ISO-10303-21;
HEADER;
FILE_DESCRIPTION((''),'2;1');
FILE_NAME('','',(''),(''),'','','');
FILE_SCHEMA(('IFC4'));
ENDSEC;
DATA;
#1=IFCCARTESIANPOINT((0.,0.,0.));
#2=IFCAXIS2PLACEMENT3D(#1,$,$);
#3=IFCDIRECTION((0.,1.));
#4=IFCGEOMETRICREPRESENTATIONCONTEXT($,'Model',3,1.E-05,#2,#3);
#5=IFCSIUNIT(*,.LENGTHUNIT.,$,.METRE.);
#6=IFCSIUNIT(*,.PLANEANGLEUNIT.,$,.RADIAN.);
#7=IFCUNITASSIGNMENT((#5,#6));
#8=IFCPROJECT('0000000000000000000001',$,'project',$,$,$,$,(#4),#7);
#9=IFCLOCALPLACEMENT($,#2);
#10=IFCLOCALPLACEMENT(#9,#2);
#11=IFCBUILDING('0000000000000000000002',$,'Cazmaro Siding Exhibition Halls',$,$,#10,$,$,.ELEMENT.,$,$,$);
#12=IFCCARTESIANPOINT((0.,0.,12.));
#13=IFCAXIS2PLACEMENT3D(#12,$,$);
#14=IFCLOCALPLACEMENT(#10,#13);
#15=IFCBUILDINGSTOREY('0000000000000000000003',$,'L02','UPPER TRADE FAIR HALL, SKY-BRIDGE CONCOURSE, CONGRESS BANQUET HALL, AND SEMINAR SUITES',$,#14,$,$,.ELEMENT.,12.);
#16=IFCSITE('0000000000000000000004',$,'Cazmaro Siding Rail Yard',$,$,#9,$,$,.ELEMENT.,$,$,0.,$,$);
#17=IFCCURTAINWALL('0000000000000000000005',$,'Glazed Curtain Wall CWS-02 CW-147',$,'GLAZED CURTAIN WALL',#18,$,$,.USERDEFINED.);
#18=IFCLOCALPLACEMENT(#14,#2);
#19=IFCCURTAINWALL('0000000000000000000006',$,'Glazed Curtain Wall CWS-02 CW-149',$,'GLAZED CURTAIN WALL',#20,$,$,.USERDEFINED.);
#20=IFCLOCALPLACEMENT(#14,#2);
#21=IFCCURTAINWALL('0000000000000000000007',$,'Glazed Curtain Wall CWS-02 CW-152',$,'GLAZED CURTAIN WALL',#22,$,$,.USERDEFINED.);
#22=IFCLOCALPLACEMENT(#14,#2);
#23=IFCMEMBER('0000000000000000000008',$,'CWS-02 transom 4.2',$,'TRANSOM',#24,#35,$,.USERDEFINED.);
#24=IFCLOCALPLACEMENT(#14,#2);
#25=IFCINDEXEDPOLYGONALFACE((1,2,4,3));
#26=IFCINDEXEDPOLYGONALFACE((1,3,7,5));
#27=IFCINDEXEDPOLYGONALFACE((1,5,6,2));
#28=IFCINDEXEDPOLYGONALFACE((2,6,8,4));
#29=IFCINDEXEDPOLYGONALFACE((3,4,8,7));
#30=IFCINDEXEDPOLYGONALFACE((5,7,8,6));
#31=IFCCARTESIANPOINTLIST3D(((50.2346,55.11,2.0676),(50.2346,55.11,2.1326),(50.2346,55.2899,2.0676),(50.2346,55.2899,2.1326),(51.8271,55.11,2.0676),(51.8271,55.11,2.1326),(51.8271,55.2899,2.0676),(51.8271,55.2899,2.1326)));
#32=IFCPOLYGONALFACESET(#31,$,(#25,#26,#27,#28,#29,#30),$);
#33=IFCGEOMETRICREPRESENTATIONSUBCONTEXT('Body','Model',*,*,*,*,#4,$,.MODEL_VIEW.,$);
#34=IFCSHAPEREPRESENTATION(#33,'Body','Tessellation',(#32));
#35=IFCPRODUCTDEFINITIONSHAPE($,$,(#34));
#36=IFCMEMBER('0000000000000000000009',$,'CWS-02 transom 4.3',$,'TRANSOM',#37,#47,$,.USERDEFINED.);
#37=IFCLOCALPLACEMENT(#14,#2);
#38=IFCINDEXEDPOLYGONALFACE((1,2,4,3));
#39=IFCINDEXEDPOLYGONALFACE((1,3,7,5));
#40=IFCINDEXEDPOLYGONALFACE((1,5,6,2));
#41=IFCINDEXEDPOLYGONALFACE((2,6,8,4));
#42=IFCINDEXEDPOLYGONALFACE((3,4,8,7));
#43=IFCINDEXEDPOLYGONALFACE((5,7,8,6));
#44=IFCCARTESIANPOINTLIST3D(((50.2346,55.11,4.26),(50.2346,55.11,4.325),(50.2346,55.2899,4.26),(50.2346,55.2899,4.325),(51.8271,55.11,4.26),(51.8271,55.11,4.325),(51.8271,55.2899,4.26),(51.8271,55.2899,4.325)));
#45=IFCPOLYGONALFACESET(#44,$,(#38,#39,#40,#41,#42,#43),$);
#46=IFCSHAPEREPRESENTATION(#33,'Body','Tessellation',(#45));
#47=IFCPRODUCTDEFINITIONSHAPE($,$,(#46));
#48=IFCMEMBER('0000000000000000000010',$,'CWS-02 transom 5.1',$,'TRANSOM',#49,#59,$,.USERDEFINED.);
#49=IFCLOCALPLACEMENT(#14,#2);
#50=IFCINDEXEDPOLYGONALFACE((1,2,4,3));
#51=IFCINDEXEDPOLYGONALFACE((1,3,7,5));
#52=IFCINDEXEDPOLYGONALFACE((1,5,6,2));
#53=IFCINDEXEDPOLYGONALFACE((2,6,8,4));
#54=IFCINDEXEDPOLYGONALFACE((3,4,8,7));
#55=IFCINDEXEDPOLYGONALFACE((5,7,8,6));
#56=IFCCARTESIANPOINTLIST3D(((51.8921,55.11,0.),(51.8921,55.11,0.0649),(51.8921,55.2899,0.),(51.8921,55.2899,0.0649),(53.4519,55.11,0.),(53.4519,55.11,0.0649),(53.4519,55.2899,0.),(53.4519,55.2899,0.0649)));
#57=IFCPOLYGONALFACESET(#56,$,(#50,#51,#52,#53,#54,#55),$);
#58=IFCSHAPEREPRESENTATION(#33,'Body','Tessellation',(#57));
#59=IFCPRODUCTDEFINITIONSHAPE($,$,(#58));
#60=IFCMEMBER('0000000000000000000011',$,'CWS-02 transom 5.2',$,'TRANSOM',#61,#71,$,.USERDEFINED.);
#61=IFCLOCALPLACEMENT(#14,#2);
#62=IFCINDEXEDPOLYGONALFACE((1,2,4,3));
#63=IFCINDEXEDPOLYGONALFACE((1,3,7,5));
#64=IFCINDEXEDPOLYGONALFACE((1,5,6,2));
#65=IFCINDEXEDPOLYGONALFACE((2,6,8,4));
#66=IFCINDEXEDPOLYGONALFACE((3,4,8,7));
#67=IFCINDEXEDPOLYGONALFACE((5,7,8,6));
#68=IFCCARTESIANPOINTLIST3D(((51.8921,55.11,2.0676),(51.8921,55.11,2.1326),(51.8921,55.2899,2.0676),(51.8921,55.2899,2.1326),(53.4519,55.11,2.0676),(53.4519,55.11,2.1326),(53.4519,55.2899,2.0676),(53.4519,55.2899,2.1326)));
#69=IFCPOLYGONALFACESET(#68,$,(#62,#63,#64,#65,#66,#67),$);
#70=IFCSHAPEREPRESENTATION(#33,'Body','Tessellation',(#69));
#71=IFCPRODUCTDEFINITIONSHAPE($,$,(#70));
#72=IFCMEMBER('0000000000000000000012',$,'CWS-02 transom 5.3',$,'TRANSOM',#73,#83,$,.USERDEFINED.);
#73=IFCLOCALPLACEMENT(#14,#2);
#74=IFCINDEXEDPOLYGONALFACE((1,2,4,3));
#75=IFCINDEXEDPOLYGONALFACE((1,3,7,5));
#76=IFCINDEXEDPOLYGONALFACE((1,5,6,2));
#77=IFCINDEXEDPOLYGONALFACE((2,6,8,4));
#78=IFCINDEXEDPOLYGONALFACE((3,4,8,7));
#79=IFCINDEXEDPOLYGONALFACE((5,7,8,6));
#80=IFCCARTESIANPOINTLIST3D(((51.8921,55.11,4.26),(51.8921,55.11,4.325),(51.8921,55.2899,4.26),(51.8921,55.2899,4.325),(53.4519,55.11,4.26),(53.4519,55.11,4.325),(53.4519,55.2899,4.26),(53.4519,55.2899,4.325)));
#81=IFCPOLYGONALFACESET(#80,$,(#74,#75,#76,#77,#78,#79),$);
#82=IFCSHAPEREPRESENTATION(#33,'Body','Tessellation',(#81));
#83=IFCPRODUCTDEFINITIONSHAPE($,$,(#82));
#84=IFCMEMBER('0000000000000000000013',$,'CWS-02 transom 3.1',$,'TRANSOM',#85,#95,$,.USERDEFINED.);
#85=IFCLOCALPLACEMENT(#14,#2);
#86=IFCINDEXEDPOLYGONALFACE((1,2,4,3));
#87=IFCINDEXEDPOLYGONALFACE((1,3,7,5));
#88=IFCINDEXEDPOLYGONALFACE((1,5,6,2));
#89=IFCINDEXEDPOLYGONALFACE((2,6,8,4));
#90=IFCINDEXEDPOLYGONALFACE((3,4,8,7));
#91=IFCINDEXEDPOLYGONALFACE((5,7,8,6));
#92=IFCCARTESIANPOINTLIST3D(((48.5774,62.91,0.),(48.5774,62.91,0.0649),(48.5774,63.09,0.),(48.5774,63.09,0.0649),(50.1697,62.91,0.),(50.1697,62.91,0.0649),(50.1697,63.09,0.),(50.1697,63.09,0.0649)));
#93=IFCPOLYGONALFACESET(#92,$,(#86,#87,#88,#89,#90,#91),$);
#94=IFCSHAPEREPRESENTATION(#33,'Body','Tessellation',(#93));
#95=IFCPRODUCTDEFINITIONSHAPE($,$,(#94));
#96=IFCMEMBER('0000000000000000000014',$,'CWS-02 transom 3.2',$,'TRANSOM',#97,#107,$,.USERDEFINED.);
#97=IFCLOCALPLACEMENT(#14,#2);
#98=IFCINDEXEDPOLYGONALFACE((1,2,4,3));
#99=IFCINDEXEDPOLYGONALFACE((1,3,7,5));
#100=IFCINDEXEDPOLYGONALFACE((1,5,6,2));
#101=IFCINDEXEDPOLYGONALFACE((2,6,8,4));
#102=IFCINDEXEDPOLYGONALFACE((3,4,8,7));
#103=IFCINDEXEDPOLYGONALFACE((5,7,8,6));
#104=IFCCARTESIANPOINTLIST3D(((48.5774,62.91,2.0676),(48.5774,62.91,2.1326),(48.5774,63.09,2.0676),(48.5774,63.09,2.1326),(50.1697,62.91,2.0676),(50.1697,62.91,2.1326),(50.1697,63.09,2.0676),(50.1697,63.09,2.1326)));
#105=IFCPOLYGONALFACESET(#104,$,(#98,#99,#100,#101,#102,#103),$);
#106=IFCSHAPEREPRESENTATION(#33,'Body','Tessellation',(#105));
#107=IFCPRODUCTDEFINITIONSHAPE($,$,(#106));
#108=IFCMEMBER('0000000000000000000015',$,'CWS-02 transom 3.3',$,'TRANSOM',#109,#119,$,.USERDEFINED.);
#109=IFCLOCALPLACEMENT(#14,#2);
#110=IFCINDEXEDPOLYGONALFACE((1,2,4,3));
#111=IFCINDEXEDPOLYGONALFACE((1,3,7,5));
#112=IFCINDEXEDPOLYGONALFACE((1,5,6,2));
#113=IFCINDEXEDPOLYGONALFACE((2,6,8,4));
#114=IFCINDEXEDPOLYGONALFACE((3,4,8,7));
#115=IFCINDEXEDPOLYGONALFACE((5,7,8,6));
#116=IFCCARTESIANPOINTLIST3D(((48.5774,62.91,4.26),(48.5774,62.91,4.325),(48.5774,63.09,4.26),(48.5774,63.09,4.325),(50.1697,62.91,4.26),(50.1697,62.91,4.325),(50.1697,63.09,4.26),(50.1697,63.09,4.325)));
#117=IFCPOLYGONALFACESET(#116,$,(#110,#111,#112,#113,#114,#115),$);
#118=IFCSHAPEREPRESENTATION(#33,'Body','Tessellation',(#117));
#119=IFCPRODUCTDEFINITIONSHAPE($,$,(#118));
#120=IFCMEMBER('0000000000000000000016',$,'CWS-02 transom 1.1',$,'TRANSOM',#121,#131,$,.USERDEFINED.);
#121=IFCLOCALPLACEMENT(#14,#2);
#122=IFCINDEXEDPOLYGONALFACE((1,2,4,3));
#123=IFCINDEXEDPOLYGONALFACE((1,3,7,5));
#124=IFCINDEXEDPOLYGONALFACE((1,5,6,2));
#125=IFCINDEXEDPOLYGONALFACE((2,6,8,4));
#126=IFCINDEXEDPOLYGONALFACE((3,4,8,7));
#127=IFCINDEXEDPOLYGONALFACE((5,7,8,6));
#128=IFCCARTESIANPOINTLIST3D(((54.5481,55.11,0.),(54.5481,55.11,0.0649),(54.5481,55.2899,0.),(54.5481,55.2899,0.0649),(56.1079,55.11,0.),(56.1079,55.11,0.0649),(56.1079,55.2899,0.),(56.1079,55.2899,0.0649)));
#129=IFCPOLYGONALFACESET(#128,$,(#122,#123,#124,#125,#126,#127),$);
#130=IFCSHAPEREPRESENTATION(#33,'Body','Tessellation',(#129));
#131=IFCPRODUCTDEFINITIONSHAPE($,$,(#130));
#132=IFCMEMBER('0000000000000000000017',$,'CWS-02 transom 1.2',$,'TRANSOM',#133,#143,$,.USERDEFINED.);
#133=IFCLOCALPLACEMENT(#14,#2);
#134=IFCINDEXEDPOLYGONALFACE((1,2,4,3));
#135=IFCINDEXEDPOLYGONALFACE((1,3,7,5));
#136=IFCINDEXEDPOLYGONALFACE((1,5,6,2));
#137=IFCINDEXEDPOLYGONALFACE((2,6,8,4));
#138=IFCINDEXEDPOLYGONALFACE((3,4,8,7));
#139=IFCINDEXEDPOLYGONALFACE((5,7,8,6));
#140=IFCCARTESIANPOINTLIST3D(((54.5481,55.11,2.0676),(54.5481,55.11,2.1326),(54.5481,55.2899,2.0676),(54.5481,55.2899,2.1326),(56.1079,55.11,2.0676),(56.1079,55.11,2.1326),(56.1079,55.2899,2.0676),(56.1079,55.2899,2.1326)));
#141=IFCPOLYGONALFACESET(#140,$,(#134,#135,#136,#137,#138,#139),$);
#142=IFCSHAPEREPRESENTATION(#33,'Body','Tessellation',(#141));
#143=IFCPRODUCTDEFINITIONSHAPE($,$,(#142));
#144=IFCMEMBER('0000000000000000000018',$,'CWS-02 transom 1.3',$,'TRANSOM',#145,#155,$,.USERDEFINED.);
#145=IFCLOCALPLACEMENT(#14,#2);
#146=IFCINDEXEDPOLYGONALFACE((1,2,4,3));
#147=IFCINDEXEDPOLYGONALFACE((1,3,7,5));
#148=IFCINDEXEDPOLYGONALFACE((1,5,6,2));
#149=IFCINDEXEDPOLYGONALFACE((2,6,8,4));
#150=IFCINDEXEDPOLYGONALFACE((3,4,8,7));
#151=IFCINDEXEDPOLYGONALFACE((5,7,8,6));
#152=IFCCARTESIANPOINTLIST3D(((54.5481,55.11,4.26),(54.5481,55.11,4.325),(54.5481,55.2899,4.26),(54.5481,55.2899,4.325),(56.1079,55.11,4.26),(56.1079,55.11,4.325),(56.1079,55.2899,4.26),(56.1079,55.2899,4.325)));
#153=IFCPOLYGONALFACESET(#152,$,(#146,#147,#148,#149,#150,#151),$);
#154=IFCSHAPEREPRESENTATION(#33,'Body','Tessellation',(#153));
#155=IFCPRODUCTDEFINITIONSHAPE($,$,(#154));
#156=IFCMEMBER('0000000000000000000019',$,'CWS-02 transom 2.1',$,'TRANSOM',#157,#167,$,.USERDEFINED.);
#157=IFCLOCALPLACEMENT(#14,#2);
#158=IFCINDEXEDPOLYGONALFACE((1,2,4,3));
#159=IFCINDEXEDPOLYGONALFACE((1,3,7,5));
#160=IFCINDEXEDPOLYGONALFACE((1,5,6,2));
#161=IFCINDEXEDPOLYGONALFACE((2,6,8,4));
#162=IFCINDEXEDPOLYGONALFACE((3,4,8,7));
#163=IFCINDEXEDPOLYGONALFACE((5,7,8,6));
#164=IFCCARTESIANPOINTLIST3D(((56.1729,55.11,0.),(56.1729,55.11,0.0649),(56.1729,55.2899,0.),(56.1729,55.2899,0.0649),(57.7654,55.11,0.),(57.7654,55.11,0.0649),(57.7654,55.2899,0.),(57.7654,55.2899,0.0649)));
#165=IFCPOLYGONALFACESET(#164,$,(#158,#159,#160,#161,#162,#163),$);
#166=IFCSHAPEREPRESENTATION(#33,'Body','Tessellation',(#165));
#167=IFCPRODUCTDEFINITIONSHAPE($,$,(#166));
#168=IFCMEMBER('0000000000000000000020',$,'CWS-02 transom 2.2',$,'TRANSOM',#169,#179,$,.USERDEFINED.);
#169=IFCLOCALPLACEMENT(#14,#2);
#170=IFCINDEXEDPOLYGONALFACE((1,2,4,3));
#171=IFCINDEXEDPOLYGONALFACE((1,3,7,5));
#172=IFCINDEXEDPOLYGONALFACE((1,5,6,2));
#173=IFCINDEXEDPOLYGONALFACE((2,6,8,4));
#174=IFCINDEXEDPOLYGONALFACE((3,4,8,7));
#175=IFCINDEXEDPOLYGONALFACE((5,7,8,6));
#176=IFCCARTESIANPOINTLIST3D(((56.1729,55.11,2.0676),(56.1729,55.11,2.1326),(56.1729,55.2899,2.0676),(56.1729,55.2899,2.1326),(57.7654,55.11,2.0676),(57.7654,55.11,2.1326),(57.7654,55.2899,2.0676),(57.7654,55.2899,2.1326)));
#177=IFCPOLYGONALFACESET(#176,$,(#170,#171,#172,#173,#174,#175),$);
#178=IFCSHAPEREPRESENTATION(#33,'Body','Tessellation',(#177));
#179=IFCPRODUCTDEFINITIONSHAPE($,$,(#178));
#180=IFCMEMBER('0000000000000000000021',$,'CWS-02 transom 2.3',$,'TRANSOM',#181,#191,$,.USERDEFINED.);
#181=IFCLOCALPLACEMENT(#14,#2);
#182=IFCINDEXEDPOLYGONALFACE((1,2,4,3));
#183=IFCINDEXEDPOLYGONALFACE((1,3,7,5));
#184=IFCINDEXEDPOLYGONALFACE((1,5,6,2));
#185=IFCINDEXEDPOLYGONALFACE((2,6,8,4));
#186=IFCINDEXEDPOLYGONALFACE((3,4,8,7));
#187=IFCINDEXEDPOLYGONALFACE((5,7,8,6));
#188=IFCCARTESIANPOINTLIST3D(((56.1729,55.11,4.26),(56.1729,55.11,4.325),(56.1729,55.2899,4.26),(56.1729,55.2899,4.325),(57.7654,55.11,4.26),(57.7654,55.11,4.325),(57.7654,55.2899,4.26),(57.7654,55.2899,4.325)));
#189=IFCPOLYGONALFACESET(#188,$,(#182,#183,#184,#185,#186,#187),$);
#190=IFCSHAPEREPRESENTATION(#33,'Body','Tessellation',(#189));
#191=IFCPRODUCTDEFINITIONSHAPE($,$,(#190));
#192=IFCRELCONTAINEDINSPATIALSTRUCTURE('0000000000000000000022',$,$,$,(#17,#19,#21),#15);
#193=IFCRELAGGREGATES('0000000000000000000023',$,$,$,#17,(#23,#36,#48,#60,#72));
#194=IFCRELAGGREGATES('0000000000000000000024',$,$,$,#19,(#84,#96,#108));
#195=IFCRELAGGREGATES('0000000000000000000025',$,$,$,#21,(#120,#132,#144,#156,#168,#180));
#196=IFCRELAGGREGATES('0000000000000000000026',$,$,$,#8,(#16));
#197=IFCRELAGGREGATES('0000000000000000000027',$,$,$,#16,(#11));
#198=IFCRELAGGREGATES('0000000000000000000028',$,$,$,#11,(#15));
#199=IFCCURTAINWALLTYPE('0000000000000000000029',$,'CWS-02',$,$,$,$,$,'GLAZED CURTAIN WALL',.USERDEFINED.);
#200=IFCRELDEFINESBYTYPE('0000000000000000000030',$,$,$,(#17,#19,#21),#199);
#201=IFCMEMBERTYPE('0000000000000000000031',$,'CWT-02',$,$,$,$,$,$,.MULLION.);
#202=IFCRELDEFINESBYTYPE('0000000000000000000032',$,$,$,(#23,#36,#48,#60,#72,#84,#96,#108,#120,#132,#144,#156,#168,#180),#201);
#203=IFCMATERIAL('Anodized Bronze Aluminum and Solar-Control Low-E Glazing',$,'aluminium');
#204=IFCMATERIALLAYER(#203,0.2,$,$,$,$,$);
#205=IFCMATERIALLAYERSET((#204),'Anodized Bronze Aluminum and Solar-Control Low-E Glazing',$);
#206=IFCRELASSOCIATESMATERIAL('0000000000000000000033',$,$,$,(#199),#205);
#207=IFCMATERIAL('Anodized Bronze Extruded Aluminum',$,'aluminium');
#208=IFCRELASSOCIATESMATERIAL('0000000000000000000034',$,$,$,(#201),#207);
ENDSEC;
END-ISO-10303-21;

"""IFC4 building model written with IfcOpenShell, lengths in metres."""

from ifc_helpers import new_model, si_unit, direction, frame, origin, origin_2d, place, context, subcontext, project, spatial, rectangle, extrude, material, layer, layer_set, material_profile, profile_set, type_object, element, aggregate, save


model = new_model("IFC4")

# Units and contexts
model_context = context("Model", 3, precision=1e-05, world=origin(), true_north=direction((0.0, 1.0)))
body_context = subcontext(model_context, "Body", "Model", "MODEL_VIEW")
ifc_project = project(units=[si_unit("LENGTHUNIT", "METRE"), si_unit("PLANEANGLEUNIT", "RADIAN")], contexts=[model_context])

# Site, building, storey
site_placement = place(None, origin())
site = spatial("IfcSite", under=ifc_project, at=site_placement, Name="Cazmaro Siding Rail Yard", CompositionType="ELEMENT", RefElevation=0.0)
building_placement = place(site_placement, origin())
building = spatial("IfcBuilding", under=site, at=building_placement, Name="Cazmaro Siding Exhibition Halls", CompositionType="ELEMENT")
storey_placement = place(building_placement, frame((0.0, 0.0, 12.0)))
storey = spatial("IfcBuildingStorey", under=building, at=storey_placement, Name="L02", Description="UPPER TRADE FAIR HALL, SKY-BRIDGE CONCOURSE, CONGRESS BANQUET HALL, AND SEMINAR SUITES", CompositionType="ELEMENT", Elevation=12.0)

# Curtain wall
ifc_material_1 = material(Name="Anodized Bronze Aluminum and Solar-Control Low-E Glazing", Category="aluminium")
ifc_layer_1 = layer(ifc_material_1, 0.2)
ifc_layer_set_1 = layer_set([ifc_layer_1], Name="Anodized Bronze Aluminum and Solar-Control Low-E Glazing")
curtain_wall_type = type_object("IfcCurtainWallType", Name="CWS-02", ElementType="GLAZED CURTAIN WALL", PredefinedType="USERDEFINED", material=ifc_layer_set_1)
curtain_wall_1_placement = place(storey_placement, origin())
curtain_wall_1 = element("IfcCurtainWall", 1, at=curtain_wall_1_placement, inside=storey, type_object=curtain_wall_type, Name="Glazed Curtain Wall CWS-02 CW-147", ObjectType="GLAZED CURTAIN WALL", PredefinedType="USERDEFINED")

# Curtain wall
curtain_wall_2_placement = place(storey_placement, origin())
curtain_wall_2 = element("IfcCurtainWall", 2, at=curtain_wall_2_placement, inside=storey, type_object=curtain_wall_type, Name="Glazed Curtain Wall CWS-02 CW-149", ObjectType="GLAZED CURTAIN WALL", PredefinedType="USERDEFINED")

# Curtain wall
curtain_wall_3_placement = place(storey_placement, origin())
curtain_wall_3 = element("IfcCurtainWall", 3, at=curtain_wall_3_placement, inside=storey, type_object=curtain_wall_type, Name="Glazed Curtain Wall CWS-02 CW-152", ObjectType="GLAZED CURTAIN WALL", PredefinedType="USERDEFINED")

# Members
ifc_material_2 = material(Name="Anodized Bronze Extruded Aluminum", Category="aluminium")
ifc_material_profile_1 = material_profile(ifc_material_2, rectangle(XDim=0.1799, YDim=0.0649, at=origin_2d()), Name="CWT-02")
ifc_profile_set_1 = profile_set([ifc_material_profile_1], Name="Anodized Bronze Extruded Aluminum")
member_type_1 = type_object("IfcMemberType", Name="CWT-02", PredefinedType="MULLION", material=ifc_profile_set_1)
member_1_placement = place(storey_placement, frame((50.2346, 55.2, 2.1001), z_axis=(1.0, 0.0, 0.0), x_axis=(0.0, 1.0, 0.0)))
member_1 = element("IfcMember", 4, at=member_1_placement, type_object=member_type_1, Name="CWS-02 transom 4.2", ObjectType="TRANSOM", PredefinedType="USERDEFINED", context=body_context, shape_type="SweptSolid", body=[
    extrude(rectangle(XDim=0.1799, YDim=0.0649, at=origin_2d()), origin(), (0.0, 0.0, 1.0), 1.5925),
])
member_2_placement = place(storey_placement, frame((50.2346, 55.2, 4.2925), z_axis=(1.0, 0.0, 0.0), x_axis=(0.0, 1.0, 0.0)))
member_2 = element("IfcMember", 5, at=member_2_placement, type_object=member_type_1, Name="CWS-02 transom 4.3", ObjectType="TRANSOM", PredefinedType="USERDEFINED", context=body_context, shape_type="SweptSolid", body=[
    extrude(rectangle(XDim=0.1799, YDim=0.0649, at=origin_2d()), origin(), (0.0, 0.0, 1.0), 1.5925),
])
member_3_placement = place(storey_placement, frame((51.8921, 55.2, 0.0325), z_axis=(1.0, 0.0, 0.0), x_axis=(0.0, 1.0, 0.0)))
member_3 = element("IfcMember", 6, at=member_3_placement, type_object=member_type_1, Name="CWS-02 transom 5.1", ObjectType="TRANSOM", PredefinedType="USERDEFINED", context=body_context, shape_type="SweptSolid", body=[
    extrude(rectangle(XDim=0.1799, YDim=0.0649, at=origin_2d()), origin(), (0.0, 0.0, 1.0), 1.5598),
])
member_4_placement = place(storey_placement, frame((51.8921, 55.2, 2.1001), z_axis=(1.0, 0.0, 0.0), x_axis=(0.0, 1.0, 0.0)))
member_4 = element("IfcMember", 7, at=member_4_placement, type_object=member_type_1, Name="CWS-02 transom 5.2", ObjectType="TRANSOM", PredefinedType="USERDEFINED", context=body_context, shape_type="SweptSolid", body=[
    extrude(rectangle(XDim=0.1799, YDim=0.0649, at=origin_2d()), origin(), (0.0, 0.0, 1.0), 1.5598),
])
member_5_placement = place(storey_placement, frame((51.8921, 55.2, 4.2925), z_axis=(1.0, 0.0, 0.0), x_axis=(0.0, 1.0, 0.0)))
member_5 = element("IfcMember", 8, at=member_5_placement, type_object=member_type_1, Name="CWS-02 transom 5.3", ObjectType="TRANSOM", PredefinedType="USERDEFINED", context=body_context, shape_type="SweptSolid", body=[
    extrude(rectangle(XDim=0.1799, YDim=0.0649, at=origin_2d()), origin(), (0.0, 0.0, 1.0), 1.5598),
])
member_6_placement = place(storey_placement, frame((50.1697, 63.0, 0.0325), z_axis=(-1.0, 0.0, 0.0), x_axis=(0.0, -1.0, 0.0)))
member_6 = element("IfcMember", 9, at=member_6_placement, type_object=member_type_1, Name="CWS-02 transom 3.1", ObjectType="TRANSOM", PredefinedType="USERDEFINED", context=body_context, shape_type="SweptSolid", body=[
    extrude(rectangle(XDim=0.1799, YDim=0.0649, at=origin_2d()), origin(), (0.0, 0.0, 1.0), 1.5923),
])
member_7_placement = place(storey_placement, frame((50.1697, 63.0, 2.1001), z_axis=(-1.0, 0.0, 0.0), x_axis=(0.0, -1.0, 0.0)))
member_7 = element("IfcMember", 10, at=member_7_placement, type_object=member_type_1, Name="CWS-02 transom 3.2", ObjectType="TRANSOM", PredefinedType="USERDEFINED", context=body_context, shape_type="SweptSolid", body=[
    extrude(rectangle(XDim=0.1799, YDim=0.0649, at=origin_2d()), origin(), (0.0, 0.0, 1.0), 1.5923),
])
member_8_placement = place(storey_placement, frame((50.1697, 63.0, 4.2925), z_axis=(-1.0, 0.0, 0.0), x_axis=(0.0, -1.0, 0.0)))
member_8 = element("IfcMember", 11, at=member_8_placement, type_object=member_type_1, Name="CWS-02 transom 3.3", ObjectType="TRANSOM", PredefinedType="USERDEFINED", context=body_context, shape_type="SweptSolid", body=[
    extrude(rectangle(XDim=0.1799, YDim=0.0649, at=origin_2d()), origin(), (0.0, 0.0, 1.0), 1.5923),
])
member_9_placement = place(storey_placement, frame((54.5481, 55.2, 0.0325), z_axis=(1.0, 0.0, 0.0), x_axis=(0.0, 1.0, 0.0)))
member_9 = element("IfcMember", 12, at=member_9_placement, type_object=member_type_1, Name="CWS-02 transom 1.1", ObjectType="TRANSOM", PredefinedType="USERDEFINED", context=body_context, shape_type="SweptSolid", body=[
    extrude(rectangle(XDim=0.1799, YDim=0.0649, at=origin_2d()), origin(), (0.0, 0.0, 1.0), 1.5598),
])
member_10_placement = place(storey_placement, frame((54.5481, 55.2, 2.1001), z_axis=(1.0, 0.0, 0.0), x_axis=(0.0, 1.0, 0.0)))
member_10 = element("IfcMember", 13, at=member_10_placement, type_object=member_type_1, Name="CWS-02 transom 1.2", ObjectType="TRANSOM", PredefinedType="USERDEFINED", context=body_context, shape_type="SweptSolid", body=[
    extrude(rectangle(XDim=0.1799, YDim=0.0649, at=origin_2d()), origin(), (0.0, 0.0, 1.0), 1.5598),
])
member_11_placement = place(storey_placement, frame((54.5481, 55.2, 4.2925), z_axis=(1.0, 0.0, 0.0), x_axis=(0.0, 1.0, 0.0)))
member_11 = element("IfcMember", 14, at=member_11_placement, type_object=member_type_1, Name="CWS-02 transom 1.3", ObjectType="TRANSOM", PredefinedType="USERDEFINED", context=body_context, shape_type="SweptSolid", body=[
    extrude(rectangle(XDim=0.1799, YDim=0.0649, at=origin_2d()), origin(), (0.0, 0.0, 1.0), 1.5598),
])
member_12_placement = place(storey_placement, frame((56.1729, 55.2, 0.0325), z_axis=(1.0, 0.0, 0.0), x_axis=(0.0, 1.0, 0.0)))
member_12 = element("IfcMember", 15, at=member_12_placement, type_object=member_type_1, Name="CWS-02 transom 2.1", ObjectType="TRANSOM", PredefinedType="USERDEFINED", context=body_context, shape_type="SweptSolid", body=[
    extrude(rectangle(XDim=0.1799, YDim=0.0649, at=origin_2d()), origin(), (0.0, 0.0, 1.0), 1.5925),
])
member_13_placement = place(storey_placement, frame((56.1729, 55.2, 2.1001), z_axis=(1.0, 0.0, 0.0), x_axis=(0.0, 1.0, 0.0)))
member_13 = element("IfcMember", 16, at=member_13_placement, type_object=member_type_1, Name="CWS-02 transom 2.2", ObjectType="TRANSOM", PredefinedType="USERDEFINED", context=body_context, shape_type="SweptSolid", body=[
    extrude(rectangle(XDim=0.1799, YDim=0.0649, at=origin_2d()), origin(), (0.0, 0.0, 1.0), 1.5925),
])
member_14_placement = place(storey_placement, frame((56.1729, 55.2, 4.2925), z_axis=(1.0, 0.0, 0.0), x_axis=(0.0, 1.0, 0.0)))
member_14 = element("IfcMember", 17, at=member_14_placement, type_object=member_type_1, Name="CWS-02 transom 2.3", ObjectType="TRANSOM", PredefinedType="USERDEFINED", context=body_context, shape_type="SweptSolid", body=[
    extrude(rectangle(XDim=0.1799, YDim=0.0649, at=origin_2d()), origin(), (0.0, 0.0, 1.0), 1.5925),
])

aggregate(curtain_wall_1, [member_1, member_2, member_3, member_4, member_5])
aggregate(curtain_wall_2, [member_6, member_7, member_8])
aggregate(curtain_wall_3, [member_9, member_10, member_11, member_12, member_13, member_14])

save(model, "model.ifc")
